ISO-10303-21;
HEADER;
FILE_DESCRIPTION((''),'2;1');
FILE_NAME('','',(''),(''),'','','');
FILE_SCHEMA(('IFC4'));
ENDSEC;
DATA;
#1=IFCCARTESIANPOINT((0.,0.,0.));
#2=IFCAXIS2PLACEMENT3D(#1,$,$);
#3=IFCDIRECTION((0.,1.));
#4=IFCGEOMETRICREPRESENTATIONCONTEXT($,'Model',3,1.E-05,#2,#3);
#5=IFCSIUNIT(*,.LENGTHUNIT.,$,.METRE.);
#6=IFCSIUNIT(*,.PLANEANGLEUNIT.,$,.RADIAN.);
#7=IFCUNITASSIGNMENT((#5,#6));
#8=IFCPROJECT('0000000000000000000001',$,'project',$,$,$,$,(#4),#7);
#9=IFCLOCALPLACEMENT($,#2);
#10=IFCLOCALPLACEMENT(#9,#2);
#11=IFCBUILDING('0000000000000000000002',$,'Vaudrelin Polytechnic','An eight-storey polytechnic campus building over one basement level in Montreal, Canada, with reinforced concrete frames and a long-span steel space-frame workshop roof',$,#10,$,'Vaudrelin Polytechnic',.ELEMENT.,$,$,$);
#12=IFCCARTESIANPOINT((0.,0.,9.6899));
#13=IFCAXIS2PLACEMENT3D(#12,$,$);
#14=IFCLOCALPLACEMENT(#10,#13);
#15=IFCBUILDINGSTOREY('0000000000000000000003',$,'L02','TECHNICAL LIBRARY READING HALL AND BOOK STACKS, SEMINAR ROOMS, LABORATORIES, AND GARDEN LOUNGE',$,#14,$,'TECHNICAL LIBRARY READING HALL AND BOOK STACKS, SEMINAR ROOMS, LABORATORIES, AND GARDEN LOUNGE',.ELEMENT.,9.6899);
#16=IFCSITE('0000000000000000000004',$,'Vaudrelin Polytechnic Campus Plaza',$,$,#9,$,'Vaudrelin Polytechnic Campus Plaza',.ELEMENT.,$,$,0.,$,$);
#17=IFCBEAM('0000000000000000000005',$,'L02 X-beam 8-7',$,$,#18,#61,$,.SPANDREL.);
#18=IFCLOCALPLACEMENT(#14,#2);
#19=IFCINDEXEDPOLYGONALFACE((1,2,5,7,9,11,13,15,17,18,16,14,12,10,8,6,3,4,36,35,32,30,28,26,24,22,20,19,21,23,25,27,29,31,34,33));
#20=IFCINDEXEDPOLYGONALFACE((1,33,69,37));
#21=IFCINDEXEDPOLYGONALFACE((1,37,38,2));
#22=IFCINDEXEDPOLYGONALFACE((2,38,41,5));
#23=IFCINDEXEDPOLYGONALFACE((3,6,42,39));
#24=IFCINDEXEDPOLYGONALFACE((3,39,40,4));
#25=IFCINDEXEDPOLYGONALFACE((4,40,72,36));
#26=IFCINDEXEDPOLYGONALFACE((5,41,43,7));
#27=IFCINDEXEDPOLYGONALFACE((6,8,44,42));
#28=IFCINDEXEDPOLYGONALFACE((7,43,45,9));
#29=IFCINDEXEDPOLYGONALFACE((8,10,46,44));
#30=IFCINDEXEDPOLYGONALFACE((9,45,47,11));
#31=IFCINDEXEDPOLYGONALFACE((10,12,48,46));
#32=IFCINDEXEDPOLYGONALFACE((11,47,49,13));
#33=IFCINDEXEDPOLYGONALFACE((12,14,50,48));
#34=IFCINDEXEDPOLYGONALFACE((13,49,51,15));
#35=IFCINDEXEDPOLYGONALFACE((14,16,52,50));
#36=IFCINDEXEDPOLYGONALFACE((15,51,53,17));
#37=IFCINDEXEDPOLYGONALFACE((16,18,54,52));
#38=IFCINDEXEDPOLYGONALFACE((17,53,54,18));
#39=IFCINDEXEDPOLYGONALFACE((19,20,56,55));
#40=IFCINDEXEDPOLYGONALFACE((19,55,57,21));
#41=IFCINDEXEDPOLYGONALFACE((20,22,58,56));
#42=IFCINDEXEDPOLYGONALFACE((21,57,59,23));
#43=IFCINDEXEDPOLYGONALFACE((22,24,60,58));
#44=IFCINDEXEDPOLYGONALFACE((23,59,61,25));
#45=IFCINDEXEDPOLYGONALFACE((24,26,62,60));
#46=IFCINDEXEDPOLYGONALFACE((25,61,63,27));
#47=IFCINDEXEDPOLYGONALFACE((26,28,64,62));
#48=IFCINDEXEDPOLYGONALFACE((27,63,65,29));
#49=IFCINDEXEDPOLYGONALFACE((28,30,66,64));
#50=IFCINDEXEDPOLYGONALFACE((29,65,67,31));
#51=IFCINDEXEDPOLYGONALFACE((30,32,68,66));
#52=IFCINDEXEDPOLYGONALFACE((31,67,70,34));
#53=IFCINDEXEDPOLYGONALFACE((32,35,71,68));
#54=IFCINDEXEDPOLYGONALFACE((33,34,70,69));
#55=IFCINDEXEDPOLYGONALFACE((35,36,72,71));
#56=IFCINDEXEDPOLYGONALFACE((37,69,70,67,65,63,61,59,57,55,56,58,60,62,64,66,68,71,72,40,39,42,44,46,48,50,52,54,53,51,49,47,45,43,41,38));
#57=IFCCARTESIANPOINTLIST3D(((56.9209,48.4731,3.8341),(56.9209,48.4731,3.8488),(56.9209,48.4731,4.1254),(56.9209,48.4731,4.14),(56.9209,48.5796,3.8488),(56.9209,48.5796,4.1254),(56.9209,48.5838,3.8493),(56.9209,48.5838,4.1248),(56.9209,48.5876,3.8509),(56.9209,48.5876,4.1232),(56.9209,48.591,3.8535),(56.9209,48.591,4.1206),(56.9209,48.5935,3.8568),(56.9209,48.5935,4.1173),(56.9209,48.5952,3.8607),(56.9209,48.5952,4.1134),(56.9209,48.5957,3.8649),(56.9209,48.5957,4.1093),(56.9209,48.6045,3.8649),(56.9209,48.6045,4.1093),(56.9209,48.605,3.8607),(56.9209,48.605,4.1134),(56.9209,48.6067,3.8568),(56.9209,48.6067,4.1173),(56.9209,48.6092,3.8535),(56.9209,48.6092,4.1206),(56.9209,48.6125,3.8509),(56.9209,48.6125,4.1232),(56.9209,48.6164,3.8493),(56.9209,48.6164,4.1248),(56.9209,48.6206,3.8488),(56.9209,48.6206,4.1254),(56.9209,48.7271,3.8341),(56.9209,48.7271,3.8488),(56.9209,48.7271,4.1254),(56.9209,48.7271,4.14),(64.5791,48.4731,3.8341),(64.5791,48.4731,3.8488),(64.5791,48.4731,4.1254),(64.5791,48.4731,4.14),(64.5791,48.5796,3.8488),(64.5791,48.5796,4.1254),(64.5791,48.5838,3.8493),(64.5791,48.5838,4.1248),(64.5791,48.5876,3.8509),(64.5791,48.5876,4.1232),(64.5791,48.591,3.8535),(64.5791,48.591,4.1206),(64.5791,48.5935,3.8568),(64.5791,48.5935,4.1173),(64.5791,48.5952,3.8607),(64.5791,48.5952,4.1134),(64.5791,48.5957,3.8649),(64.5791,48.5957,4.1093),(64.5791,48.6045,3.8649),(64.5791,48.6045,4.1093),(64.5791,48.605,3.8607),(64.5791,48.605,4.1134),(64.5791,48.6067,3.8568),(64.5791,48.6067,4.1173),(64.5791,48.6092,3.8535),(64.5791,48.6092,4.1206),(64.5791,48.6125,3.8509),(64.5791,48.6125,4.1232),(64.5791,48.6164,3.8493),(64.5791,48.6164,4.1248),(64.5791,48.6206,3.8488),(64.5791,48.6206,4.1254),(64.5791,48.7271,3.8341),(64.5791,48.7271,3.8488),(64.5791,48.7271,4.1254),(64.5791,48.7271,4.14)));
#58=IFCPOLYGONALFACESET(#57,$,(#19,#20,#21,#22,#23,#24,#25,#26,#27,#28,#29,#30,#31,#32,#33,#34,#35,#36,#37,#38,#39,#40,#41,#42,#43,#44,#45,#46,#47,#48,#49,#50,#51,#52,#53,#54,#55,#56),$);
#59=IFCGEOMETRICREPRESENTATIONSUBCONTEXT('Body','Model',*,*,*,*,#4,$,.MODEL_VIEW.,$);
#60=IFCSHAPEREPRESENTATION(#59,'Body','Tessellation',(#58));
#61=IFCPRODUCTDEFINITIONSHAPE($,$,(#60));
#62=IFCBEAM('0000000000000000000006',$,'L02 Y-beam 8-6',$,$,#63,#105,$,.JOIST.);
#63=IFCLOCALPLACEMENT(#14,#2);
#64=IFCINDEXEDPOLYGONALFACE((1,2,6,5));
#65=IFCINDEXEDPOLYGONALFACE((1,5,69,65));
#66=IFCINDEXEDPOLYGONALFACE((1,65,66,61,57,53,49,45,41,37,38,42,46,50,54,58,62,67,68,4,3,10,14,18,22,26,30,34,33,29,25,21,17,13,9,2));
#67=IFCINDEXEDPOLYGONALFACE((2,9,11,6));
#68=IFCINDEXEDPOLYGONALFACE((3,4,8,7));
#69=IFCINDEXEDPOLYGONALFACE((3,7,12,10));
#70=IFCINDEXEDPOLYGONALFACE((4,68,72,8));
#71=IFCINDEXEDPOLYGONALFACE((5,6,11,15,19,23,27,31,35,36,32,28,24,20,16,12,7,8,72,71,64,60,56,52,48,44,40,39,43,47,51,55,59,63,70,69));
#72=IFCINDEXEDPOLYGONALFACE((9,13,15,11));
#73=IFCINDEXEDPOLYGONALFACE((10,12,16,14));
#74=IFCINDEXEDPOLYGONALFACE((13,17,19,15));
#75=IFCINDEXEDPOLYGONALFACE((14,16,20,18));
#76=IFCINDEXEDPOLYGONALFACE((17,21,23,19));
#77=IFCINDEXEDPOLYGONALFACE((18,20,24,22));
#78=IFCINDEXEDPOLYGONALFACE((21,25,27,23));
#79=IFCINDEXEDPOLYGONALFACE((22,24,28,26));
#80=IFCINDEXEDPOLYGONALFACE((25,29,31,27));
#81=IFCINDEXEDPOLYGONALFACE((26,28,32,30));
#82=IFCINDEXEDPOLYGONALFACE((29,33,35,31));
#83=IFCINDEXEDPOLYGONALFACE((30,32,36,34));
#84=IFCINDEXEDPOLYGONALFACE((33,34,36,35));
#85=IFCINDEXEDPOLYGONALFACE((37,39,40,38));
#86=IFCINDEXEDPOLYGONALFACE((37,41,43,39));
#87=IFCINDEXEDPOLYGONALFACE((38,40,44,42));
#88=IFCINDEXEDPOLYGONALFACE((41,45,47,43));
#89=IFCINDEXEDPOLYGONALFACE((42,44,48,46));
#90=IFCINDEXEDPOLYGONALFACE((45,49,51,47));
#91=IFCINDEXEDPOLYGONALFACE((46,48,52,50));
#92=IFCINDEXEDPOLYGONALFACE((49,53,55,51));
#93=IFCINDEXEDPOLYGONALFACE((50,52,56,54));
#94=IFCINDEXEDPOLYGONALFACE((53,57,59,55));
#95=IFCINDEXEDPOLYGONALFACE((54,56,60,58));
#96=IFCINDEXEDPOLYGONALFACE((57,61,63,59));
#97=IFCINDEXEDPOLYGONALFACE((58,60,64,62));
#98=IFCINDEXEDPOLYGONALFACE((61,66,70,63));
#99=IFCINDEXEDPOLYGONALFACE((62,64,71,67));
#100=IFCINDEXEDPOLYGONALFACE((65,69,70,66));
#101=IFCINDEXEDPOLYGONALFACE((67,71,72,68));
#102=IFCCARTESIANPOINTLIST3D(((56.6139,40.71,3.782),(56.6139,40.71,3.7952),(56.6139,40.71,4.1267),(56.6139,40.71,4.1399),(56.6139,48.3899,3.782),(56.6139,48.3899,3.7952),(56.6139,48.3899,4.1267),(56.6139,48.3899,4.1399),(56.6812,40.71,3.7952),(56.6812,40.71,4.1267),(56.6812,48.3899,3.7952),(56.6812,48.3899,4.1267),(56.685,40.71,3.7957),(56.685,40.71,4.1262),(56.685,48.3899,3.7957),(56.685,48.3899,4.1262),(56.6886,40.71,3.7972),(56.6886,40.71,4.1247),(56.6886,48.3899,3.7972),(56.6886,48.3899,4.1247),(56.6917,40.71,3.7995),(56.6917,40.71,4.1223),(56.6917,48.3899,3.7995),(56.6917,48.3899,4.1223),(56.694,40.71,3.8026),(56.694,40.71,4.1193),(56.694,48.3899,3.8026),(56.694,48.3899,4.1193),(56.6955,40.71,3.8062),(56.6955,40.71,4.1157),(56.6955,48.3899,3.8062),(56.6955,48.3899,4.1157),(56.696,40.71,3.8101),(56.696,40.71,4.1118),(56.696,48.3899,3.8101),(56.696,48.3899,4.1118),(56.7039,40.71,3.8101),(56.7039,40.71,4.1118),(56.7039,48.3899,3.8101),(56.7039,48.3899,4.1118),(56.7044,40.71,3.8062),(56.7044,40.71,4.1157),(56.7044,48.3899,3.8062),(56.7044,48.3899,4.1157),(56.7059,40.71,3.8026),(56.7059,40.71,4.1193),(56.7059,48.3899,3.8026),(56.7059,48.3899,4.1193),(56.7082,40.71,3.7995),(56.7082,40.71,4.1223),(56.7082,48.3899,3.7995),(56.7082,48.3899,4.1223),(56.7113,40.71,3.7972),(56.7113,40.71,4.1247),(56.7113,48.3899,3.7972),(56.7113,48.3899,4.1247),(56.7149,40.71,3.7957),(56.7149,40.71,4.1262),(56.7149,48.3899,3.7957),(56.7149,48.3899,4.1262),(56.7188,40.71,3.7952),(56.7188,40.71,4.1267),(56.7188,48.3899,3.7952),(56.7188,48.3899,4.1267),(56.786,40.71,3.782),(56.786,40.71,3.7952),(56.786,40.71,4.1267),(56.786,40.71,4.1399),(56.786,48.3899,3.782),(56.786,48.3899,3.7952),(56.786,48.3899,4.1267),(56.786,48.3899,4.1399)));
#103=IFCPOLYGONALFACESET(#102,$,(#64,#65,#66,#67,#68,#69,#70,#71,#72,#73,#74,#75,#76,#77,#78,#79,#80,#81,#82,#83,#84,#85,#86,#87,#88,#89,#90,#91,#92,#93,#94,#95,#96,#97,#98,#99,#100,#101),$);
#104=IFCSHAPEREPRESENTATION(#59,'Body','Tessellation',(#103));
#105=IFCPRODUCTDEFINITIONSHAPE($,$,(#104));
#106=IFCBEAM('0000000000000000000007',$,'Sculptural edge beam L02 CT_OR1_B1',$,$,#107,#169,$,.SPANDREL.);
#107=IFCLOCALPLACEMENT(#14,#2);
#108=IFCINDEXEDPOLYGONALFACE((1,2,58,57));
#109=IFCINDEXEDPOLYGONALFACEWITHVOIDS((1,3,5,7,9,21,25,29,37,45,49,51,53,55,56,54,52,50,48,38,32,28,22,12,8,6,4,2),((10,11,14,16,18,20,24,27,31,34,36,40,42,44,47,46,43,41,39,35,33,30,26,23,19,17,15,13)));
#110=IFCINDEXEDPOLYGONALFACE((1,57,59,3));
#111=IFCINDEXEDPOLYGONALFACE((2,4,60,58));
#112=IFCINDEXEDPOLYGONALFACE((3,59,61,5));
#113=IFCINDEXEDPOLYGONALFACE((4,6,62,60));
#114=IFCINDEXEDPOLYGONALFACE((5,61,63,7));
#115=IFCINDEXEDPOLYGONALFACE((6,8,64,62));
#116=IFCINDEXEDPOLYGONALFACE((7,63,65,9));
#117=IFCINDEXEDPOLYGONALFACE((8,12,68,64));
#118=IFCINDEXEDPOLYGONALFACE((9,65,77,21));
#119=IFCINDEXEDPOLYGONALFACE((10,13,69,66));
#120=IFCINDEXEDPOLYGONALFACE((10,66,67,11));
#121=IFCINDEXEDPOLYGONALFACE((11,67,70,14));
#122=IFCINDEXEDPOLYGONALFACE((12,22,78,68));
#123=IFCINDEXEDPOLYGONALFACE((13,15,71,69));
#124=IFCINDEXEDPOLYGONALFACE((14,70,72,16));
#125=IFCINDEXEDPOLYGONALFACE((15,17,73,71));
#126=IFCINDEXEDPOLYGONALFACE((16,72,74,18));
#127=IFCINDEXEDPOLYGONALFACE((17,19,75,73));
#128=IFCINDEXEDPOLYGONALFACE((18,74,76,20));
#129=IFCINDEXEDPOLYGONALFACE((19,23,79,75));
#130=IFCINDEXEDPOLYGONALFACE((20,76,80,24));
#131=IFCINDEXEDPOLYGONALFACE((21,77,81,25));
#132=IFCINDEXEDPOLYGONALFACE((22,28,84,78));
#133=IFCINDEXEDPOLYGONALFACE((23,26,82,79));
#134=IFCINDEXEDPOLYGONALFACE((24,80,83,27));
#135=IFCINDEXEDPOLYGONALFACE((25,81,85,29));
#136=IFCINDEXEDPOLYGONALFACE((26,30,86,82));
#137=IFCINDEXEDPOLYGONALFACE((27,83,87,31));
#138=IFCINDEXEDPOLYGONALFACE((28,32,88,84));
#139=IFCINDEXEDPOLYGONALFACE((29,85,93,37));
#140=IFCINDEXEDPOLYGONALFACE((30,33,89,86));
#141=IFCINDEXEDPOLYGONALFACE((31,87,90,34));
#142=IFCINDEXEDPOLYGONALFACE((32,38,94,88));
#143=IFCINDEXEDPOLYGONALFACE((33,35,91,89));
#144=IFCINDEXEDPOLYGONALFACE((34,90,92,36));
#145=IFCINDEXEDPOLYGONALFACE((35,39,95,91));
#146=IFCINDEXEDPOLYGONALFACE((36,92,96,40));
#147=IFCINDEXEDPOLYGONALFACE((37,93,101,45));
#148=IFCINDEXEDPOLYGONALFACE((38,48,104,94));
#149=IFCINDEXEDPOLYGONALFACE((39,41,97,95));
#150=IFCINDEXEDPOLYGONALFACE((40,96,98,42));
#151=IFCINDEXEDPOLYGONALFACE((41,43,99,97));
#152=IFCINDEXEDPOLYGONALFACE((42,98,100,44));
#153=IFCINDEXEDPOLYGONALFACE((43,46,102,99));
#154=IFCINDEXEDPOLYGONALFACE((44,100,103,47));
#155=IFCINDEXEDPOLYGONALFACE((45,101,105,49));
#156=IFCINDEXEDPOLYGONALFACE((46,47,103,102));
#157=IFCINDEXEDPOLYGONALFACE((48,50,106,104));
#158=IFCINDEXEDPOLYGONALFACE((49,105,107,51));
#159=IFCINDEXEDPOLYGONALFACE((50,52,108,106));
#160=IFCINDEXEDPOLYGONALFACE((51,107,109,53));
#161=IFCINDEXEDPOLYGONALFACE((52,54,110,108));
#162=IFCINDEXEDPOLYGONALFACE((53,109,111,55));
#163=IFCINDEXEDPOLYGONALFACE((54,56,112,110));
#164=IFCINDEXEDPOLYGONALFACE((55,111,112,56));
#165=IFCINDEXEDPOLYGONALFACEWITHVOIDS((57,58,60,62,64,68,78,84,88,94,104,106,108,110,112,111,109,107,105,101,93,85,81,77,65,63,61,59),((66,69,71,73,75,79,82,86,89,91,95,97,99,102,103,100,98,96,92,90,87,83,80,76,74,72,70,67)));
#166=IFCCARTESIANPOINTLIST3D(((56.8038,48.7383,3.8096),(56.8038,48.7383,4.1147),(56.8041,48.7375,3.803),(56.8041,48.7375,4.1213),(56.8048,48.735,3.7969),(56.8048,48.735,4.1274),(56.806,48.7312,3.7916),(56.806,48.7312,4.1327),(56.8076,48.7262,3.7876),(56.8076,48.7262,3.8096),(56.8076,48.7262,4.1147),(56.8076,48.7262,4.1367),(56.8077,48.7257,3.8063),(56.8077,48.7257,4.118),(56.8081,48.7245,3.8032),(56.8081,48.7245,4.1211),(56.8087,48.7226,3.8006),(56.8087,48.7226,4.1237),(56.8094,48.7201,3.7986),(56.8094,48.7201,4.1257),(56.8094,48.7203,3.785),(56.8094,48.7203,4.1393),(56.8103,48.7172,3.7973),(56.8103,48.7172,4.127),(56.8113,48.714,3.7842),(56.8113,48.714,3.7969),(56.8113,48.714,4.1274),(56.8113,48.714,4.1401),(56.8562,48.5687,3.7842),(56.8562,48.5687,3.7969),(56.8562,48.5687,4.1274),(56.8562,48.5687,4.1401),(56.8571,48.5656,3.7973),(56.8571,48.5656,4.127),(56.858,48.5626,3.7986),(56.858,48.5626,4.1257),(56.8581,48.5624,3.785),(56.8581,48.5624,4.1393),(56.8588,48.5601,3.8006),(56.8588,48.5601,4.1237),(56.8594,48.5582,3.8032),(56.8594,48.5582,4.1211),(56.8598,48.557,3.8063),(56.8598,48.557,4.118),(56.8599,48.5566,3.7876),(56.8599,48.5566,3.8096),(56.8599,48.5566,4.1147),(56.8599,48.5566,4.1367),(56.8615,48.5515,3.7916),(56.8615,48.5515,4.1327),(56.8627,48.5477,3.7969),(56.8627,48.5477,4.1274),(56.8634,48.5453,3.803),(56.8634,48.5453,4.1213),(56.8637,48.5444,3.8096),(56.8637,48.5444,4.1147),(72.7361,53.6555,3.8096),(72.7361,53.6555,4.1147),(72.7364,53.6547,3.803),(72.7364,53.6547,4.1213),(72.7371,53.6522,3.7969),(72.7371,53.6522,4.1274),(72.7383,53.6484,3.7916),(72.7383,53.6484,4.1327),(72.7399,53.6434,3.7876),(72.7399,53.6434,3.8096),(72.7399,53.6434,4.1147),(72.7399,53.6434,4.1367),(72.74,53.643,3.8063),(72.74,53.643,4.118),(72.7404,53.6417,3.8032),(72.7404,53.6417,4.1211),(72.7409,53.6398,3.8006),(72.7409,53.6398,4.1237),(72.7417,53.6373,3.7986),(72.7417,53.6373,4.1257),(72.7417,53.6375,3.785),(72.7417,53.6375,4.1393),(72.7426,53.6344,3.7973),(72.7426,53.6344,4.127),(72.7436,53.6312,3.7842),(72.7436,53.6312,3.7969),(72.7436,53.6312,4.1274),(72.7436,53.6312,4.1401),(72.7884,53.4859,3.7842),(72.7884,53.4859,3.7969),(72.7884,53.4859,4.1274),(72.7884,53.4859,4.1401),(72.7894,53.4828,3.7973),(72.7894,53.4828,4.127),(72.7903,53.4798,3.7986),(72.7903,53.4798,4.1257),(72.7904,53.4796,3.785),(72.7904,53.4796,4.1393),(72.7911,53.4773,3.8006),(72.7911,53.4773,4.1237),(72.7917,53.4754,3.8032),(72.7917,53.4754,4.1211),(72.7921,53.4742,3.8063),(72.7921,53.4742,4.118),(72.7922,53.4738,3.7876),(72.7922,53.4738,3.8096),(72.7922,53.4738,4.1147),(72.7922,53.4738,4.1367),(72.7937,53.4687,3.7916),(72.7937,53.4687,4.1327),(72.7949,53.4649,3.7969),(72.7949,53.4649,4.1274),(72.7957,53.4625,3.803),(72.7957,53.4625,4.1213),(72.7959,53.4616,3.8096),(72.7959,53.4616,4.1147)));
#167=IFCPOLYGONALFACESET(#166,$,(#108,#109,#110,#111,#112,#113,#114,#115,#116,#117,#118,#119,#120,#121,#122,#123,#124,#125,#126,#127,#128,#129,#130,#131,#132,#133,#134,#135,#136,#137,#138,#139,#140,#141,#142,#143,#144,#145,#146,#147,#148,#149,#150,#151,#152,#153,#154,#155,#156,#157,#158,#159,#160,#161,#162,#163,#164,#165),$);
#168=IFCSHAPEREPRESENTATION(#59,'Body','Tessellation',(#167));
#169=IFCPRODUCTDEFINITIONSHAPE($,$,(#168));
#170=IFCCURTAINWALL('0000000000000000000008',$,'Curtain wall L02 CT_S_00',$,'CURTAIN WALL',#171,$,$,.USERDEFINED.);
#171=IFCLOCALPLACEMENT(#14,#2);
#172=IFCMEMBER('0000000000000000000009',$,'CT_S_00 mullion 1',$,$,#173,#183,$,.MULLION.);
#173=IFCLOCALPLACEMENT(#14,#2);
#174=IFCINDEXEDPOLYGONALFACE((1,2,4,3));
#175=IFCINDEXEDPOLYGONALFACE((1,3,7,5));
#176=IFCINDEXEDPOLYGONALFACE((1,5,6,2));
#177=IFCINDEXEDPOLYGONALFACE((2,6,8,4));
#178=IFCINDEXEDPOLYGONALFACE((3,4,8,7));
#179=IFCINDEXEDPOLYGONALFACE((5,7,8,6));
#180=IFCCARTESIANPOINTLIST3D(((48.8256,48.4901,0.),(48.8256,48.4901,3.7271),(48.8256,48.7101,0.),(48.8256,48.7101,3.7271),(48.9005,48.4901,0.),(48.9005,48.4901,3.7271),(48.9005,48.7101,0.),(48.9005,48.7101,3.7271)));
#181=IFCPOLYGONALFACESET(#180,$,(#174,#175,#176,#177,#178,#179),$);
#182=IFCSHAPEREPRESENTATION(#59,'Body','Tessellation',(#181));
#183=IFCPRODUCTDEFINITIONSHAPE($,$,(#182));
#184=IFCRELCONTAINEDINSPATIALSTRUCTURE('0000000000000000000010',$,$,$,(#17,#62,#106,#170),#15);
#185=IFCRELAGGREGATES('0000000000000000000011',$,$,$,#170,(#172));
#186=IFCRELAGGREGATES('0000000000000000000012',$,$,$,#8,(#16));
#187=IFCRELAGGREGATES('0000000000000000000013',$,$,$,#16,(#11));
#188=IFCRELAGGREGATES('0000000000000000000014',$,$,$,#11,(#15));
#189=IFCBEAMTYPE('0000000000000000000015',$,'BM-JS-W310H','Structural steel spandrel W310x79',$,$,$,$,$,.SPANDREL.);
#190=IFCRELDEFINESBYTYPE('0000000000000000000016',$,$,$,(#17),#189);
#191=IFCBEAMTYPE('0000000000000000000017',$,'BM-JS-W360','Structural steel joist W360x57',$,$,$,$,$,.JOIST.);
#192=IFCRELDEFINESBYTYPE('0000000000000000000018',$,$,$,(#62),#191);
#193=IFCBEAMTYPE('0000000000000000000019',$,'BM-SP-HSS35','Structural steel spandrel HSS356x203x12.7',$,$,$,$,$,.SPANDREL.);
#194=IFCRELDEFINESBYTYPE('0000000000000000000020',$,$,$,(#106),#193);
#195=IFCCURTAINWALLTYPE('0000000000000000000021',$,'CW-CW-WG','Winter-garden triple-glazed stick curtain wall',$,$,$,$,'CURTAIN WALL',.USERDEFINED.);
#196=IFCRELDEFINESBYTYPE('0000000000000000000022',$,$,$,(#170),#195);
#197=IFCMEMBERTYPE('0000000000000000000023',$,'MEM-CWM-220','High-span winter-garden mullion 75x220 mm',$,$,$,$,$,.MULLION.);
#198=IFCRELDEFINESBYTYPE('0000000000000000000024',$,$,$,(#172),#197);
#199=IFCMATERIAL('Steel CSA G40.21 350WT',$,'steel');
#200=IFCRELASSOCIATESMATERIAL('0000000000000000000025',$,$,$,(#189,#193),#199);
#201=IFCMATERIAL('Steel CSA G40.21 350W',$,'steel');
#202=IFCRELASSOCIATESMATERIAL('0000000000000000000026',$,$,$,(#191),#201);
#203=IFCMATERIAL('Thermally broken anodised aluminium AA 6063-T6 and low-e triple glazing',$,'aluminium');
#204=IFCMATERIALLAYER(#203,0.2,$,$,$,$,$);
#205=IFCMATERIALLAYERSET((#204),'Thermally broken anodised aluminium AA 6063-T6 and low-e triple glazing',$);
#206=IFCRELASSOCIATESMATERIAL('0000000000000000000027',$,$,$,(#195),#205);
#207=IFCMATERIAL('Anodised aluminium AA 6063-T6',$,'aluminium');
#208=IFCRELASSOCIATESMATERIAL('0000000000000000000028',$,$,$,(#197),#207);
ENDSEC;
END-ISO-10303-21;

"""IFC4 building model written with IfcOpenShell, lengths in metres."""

from ifc_helpers import new_model, si_unit, direction, frame, origin, origin_2d, place, context, subcontext, project, spatial, rectangle, hollow_rectangle, i_section, extrude, material, layer, layer_set, material_profile, profile_set, type_object, element, aggregate, save


model = new_model("IFC4")

# Units and contexts
model_context = context("Model", 3, precision=1e-05, world=origin(), true_north=direction((0.0, 1.0)))
body_context = subcontext(model_context, "Body", "Model", "MODEL_VIEW")
ifc_project = project(units=[si_unit("LENGTHUNIT", "METRE"), si_unit("PLANEANGLEUNIT", "RADIAN")], contexts=[model_context])

# Site, building, storey
site_placement = place(None, origin())
site = spatial("IfcSite", under=ifc_project, at=site_placement, Name="Vaudrelin Polytechnic Campus Plaza", LongName="Vaudrelin Polytechnic Campus Plaza", CompositionType="ELEMENT", RefElevation=0.0)
building_placement = place(site_placement, origin())
building = spatial("IfcBuilding", under=site, at=building_placement, Name="Vaudrelin Polytechnic", Description="An eight-storey polytechnic campus building over one basement level in Montreal, Canada, with reinforced concrete frames and a long-span steel space-frame workshop roof", LongName="Vaudrelin Polytechnic", CompositionType="ELEMENT")
storey_placement = place(building_placement, frame((0.0, 0.0, 9.6899)))
storey = spatial("IfcBuildingStorey", under=building, at=storey_placement, Name="L02", Description="TECHNICAL LIBRARY READING HALL AND BOOK STACKS, SEMINAR ROOMS, LABORATORIES, AND GARDEN LOUNGE", LongName="TECHNICAL LIBRARY READING HALL AND BOOK STACKS, SEMINAR ROOMS, LABORATORIES, AND GARDEN LOUNGE", CompositionType="ELEMENT", Elevation=9.6899)

# Shared definitions
ifc_material_1 = material(Name="Steel CSA G40.21 350WT", Category="steel")

# Beams
ifc_material_2 = material(Name="Steel CSA G40.21 350W", Category="steel")
ifc_material_profile_1 = material_profile(ifc_material_1, i_section(OverallWidth=0.2539, OverallDepth=0.3059, WebThickness=0.0088, FlangeThickness=0.0146, FilletRadius=0.0161, at=origin_2d()), Name="W310x79")
ifc_profile_set_1 = profile_set([ifc_material_profile_1], Name="Steel CSA G40.21 350WT")
beam_type_1 = type_object("IfcBeamType", Name="BM-JS-W310H", Description="Structural steel spandrel W310x79", PredefinedType="SPANDREL", material=ifc_profile_set_1)
beam_1_placement = place(storey_placement, frame((56.9209, 48.6001, 3.9871), z_axis=(1.0, 0.0, 0.0), x_axis=(0.0, 1.0, 0.0)))
element("IfcBeam", 1, at=beam_1_placement, inside=storey, type_object=beam_type_1, Name="L02 X-beam 8-7", PredefinedType="SPANDREL", context=body_context, shape_type="SweptSolid", body=[
    extrude(i_section(OverallWidth=0.2539, OverallDepth=0.3059, WebThickness=0.0088, FlangeThickness=0.0146, FilletRadius=0.0161, at=origin_2d()), origin(), (0.0, 0.0, 1.0), 7.6582),
])
ifc_material_profile_2 = material_profile(ifc_material_2, i_section(OverallWidth=0.1721, OverallDepth=0.3579, WebThickness=0.0078, FlangeThickness=0.0132, FilletRadius=0.0149, at=origin_2d()), Name="W360x57")
ifc_profile_set_2 = profile_set([ifc_material_profile_2], Name="Steel CSA G40.21 350W")
beam_type_2 = type_object("IfcBeamType", Name="BM-JS-W360", Description="Structural steel joist W360x57", PredefinedType="JOIST", material=ifc_profile_set_2)
beam_2_placement = place(storey_placement, frame((56.7, 40.71, 3.9609), z_axis=(0.0, 1.0, 0.0), x_axis=(-1.0, 0.0, 0.0)))
element("IfcBeam", 2, at=beam_2_placement, inside=storey, type_object=beam_type_2, Name="L02 Y-beam 8-6", PredefinedType="JOIST", context=body_context, shape_type="SweptSolid", body=[
    extrude(i_section(OverallWidth=0.1721, OverallDepth=0.3579, WebThickness=0.0078, FlangeThickness=0.0132, FilletRadius=0.0149, at=origin_2d()), origin(), (0.0, 0.0, 1.0), 7.6799),
])
ifc_material_profile_3 = material_profile(ifc_material_1, hollow_rectangle(XDim=0.2029, YDim=0.356, WallThickness=0.0127, InnerFilletRadius=0.0127, OuterFilletRadius=0.0254, at=origin_2d()), Name="HSS356x203x12.7")
ifc_profile_set_3 = profile_set([ifc_material_profile_3], Name="Steel CSA G40.21 350WT")
beam_type_3 = type_object("IfcBeamType", Name="BM-SP-HSS35", Description="Structural steel spandrel HSS356x203x12.7", PredefinedType="SPANDREL", material=ifc_profile_set_3)
beam_3_placement = place(storey_placement, frame((56.8337, 48.6414, 3.9622), z_axis=(0.955526, 0.294906, 0.0), x_axis=(-0.294906, 0.955526, 0.0)))
element("IfcBeam", 3, at=beam_3_placement, inside=storey, type_object=beam_type_3, Name="Sculptural edge beam L02 CT_OR1_B1", PredefinedType="SPANDREL", context=body_context, shape_type="SweptSolid", body=[
    extrude(hollow_rectangle(XDim=0.2029, YDim=0.356, WallThickness=0.0127, InnerFilletRadius=0.0127, OuterFilletRadius=0.0254, at=origin_2d()), origin(), (0.0, 0.0, 1.0), 16.6738),
])

# Curtain wall, member
ifc_material_3 = material(Name="Thermally broken anodised aluminium AA 6063-T6 and low-e triple glazing", Category="aluminium")
ifc_layer_1 = layer(ifc_material_3, 0.2)
ifc_layer_set_1 = layer_set([ifc_layer_1], Name="Thermally broken anodised aluminium AA 6063-T6 and low-e triple glazing")
curtain_wall_type = type_object("IfcCurtainWallType", Name="CW-CW-WG", Description="Winter-garden triple-glazed stick curtain wall", ElementType="CURTAIN WALL", PredefinedType="USERDEFINED", material=ifc_layer_set_1)
curtain_wall_1_placement = place(storey_placement, origin())
curtain_wall_1 = element("IfcCurtainWall", 4, at=curtain_wall_1_placement, inside=storey, type_object=curtain_wall_type, Name="Curtain wall L02 CT_S_00", ObjectType="CURTAIN WALL", PredefinedType="USERDEFINED")
ifc_material_4 = material(Name="Anodised aluminium AA 6063-T6", Category="aluminium")
ifc_material_profile_4 = material_profile(ifc_material_4, rectangle(XDim=0.075, YDim=0.22, at=origin_2d()), Name="CWM-75x220")
ifc_profile_set_4 = profile_set([ifc_material_profile_4], Name="Anodised aluminium AA 6063-T6")
member_type_1 = type_object("IfcMemberType", Name="MEM-CWM-220", Description="High-span winter-garden mullion 75x220 mm", PredefinedType="MULLION", material=ifc_profile_set_4)
member_1_placement = place(storey_placement, frame((48.863, 48.6001, 0.0), z_axis=(0.0, 0.0, 1.0), x_axis=(1.0, 0.0, 0.0)))
member_1 = element("IfcMember", 5, at=member_1_placement, type_object=member_type_1, Name="CT_S_00 mullion 1", PredefinedType="MULLION", context=body_context, shape_type="SweptSolid", body=[
    extrude(rectangle(XDim=0.075, YDim=0.22, at=origin_2d()), origin(), (0.0, 0.0, 1.0), 3.7271),
])

aggregate(curtain_wall_1, [member_1])

save(model, "model.ifc")
